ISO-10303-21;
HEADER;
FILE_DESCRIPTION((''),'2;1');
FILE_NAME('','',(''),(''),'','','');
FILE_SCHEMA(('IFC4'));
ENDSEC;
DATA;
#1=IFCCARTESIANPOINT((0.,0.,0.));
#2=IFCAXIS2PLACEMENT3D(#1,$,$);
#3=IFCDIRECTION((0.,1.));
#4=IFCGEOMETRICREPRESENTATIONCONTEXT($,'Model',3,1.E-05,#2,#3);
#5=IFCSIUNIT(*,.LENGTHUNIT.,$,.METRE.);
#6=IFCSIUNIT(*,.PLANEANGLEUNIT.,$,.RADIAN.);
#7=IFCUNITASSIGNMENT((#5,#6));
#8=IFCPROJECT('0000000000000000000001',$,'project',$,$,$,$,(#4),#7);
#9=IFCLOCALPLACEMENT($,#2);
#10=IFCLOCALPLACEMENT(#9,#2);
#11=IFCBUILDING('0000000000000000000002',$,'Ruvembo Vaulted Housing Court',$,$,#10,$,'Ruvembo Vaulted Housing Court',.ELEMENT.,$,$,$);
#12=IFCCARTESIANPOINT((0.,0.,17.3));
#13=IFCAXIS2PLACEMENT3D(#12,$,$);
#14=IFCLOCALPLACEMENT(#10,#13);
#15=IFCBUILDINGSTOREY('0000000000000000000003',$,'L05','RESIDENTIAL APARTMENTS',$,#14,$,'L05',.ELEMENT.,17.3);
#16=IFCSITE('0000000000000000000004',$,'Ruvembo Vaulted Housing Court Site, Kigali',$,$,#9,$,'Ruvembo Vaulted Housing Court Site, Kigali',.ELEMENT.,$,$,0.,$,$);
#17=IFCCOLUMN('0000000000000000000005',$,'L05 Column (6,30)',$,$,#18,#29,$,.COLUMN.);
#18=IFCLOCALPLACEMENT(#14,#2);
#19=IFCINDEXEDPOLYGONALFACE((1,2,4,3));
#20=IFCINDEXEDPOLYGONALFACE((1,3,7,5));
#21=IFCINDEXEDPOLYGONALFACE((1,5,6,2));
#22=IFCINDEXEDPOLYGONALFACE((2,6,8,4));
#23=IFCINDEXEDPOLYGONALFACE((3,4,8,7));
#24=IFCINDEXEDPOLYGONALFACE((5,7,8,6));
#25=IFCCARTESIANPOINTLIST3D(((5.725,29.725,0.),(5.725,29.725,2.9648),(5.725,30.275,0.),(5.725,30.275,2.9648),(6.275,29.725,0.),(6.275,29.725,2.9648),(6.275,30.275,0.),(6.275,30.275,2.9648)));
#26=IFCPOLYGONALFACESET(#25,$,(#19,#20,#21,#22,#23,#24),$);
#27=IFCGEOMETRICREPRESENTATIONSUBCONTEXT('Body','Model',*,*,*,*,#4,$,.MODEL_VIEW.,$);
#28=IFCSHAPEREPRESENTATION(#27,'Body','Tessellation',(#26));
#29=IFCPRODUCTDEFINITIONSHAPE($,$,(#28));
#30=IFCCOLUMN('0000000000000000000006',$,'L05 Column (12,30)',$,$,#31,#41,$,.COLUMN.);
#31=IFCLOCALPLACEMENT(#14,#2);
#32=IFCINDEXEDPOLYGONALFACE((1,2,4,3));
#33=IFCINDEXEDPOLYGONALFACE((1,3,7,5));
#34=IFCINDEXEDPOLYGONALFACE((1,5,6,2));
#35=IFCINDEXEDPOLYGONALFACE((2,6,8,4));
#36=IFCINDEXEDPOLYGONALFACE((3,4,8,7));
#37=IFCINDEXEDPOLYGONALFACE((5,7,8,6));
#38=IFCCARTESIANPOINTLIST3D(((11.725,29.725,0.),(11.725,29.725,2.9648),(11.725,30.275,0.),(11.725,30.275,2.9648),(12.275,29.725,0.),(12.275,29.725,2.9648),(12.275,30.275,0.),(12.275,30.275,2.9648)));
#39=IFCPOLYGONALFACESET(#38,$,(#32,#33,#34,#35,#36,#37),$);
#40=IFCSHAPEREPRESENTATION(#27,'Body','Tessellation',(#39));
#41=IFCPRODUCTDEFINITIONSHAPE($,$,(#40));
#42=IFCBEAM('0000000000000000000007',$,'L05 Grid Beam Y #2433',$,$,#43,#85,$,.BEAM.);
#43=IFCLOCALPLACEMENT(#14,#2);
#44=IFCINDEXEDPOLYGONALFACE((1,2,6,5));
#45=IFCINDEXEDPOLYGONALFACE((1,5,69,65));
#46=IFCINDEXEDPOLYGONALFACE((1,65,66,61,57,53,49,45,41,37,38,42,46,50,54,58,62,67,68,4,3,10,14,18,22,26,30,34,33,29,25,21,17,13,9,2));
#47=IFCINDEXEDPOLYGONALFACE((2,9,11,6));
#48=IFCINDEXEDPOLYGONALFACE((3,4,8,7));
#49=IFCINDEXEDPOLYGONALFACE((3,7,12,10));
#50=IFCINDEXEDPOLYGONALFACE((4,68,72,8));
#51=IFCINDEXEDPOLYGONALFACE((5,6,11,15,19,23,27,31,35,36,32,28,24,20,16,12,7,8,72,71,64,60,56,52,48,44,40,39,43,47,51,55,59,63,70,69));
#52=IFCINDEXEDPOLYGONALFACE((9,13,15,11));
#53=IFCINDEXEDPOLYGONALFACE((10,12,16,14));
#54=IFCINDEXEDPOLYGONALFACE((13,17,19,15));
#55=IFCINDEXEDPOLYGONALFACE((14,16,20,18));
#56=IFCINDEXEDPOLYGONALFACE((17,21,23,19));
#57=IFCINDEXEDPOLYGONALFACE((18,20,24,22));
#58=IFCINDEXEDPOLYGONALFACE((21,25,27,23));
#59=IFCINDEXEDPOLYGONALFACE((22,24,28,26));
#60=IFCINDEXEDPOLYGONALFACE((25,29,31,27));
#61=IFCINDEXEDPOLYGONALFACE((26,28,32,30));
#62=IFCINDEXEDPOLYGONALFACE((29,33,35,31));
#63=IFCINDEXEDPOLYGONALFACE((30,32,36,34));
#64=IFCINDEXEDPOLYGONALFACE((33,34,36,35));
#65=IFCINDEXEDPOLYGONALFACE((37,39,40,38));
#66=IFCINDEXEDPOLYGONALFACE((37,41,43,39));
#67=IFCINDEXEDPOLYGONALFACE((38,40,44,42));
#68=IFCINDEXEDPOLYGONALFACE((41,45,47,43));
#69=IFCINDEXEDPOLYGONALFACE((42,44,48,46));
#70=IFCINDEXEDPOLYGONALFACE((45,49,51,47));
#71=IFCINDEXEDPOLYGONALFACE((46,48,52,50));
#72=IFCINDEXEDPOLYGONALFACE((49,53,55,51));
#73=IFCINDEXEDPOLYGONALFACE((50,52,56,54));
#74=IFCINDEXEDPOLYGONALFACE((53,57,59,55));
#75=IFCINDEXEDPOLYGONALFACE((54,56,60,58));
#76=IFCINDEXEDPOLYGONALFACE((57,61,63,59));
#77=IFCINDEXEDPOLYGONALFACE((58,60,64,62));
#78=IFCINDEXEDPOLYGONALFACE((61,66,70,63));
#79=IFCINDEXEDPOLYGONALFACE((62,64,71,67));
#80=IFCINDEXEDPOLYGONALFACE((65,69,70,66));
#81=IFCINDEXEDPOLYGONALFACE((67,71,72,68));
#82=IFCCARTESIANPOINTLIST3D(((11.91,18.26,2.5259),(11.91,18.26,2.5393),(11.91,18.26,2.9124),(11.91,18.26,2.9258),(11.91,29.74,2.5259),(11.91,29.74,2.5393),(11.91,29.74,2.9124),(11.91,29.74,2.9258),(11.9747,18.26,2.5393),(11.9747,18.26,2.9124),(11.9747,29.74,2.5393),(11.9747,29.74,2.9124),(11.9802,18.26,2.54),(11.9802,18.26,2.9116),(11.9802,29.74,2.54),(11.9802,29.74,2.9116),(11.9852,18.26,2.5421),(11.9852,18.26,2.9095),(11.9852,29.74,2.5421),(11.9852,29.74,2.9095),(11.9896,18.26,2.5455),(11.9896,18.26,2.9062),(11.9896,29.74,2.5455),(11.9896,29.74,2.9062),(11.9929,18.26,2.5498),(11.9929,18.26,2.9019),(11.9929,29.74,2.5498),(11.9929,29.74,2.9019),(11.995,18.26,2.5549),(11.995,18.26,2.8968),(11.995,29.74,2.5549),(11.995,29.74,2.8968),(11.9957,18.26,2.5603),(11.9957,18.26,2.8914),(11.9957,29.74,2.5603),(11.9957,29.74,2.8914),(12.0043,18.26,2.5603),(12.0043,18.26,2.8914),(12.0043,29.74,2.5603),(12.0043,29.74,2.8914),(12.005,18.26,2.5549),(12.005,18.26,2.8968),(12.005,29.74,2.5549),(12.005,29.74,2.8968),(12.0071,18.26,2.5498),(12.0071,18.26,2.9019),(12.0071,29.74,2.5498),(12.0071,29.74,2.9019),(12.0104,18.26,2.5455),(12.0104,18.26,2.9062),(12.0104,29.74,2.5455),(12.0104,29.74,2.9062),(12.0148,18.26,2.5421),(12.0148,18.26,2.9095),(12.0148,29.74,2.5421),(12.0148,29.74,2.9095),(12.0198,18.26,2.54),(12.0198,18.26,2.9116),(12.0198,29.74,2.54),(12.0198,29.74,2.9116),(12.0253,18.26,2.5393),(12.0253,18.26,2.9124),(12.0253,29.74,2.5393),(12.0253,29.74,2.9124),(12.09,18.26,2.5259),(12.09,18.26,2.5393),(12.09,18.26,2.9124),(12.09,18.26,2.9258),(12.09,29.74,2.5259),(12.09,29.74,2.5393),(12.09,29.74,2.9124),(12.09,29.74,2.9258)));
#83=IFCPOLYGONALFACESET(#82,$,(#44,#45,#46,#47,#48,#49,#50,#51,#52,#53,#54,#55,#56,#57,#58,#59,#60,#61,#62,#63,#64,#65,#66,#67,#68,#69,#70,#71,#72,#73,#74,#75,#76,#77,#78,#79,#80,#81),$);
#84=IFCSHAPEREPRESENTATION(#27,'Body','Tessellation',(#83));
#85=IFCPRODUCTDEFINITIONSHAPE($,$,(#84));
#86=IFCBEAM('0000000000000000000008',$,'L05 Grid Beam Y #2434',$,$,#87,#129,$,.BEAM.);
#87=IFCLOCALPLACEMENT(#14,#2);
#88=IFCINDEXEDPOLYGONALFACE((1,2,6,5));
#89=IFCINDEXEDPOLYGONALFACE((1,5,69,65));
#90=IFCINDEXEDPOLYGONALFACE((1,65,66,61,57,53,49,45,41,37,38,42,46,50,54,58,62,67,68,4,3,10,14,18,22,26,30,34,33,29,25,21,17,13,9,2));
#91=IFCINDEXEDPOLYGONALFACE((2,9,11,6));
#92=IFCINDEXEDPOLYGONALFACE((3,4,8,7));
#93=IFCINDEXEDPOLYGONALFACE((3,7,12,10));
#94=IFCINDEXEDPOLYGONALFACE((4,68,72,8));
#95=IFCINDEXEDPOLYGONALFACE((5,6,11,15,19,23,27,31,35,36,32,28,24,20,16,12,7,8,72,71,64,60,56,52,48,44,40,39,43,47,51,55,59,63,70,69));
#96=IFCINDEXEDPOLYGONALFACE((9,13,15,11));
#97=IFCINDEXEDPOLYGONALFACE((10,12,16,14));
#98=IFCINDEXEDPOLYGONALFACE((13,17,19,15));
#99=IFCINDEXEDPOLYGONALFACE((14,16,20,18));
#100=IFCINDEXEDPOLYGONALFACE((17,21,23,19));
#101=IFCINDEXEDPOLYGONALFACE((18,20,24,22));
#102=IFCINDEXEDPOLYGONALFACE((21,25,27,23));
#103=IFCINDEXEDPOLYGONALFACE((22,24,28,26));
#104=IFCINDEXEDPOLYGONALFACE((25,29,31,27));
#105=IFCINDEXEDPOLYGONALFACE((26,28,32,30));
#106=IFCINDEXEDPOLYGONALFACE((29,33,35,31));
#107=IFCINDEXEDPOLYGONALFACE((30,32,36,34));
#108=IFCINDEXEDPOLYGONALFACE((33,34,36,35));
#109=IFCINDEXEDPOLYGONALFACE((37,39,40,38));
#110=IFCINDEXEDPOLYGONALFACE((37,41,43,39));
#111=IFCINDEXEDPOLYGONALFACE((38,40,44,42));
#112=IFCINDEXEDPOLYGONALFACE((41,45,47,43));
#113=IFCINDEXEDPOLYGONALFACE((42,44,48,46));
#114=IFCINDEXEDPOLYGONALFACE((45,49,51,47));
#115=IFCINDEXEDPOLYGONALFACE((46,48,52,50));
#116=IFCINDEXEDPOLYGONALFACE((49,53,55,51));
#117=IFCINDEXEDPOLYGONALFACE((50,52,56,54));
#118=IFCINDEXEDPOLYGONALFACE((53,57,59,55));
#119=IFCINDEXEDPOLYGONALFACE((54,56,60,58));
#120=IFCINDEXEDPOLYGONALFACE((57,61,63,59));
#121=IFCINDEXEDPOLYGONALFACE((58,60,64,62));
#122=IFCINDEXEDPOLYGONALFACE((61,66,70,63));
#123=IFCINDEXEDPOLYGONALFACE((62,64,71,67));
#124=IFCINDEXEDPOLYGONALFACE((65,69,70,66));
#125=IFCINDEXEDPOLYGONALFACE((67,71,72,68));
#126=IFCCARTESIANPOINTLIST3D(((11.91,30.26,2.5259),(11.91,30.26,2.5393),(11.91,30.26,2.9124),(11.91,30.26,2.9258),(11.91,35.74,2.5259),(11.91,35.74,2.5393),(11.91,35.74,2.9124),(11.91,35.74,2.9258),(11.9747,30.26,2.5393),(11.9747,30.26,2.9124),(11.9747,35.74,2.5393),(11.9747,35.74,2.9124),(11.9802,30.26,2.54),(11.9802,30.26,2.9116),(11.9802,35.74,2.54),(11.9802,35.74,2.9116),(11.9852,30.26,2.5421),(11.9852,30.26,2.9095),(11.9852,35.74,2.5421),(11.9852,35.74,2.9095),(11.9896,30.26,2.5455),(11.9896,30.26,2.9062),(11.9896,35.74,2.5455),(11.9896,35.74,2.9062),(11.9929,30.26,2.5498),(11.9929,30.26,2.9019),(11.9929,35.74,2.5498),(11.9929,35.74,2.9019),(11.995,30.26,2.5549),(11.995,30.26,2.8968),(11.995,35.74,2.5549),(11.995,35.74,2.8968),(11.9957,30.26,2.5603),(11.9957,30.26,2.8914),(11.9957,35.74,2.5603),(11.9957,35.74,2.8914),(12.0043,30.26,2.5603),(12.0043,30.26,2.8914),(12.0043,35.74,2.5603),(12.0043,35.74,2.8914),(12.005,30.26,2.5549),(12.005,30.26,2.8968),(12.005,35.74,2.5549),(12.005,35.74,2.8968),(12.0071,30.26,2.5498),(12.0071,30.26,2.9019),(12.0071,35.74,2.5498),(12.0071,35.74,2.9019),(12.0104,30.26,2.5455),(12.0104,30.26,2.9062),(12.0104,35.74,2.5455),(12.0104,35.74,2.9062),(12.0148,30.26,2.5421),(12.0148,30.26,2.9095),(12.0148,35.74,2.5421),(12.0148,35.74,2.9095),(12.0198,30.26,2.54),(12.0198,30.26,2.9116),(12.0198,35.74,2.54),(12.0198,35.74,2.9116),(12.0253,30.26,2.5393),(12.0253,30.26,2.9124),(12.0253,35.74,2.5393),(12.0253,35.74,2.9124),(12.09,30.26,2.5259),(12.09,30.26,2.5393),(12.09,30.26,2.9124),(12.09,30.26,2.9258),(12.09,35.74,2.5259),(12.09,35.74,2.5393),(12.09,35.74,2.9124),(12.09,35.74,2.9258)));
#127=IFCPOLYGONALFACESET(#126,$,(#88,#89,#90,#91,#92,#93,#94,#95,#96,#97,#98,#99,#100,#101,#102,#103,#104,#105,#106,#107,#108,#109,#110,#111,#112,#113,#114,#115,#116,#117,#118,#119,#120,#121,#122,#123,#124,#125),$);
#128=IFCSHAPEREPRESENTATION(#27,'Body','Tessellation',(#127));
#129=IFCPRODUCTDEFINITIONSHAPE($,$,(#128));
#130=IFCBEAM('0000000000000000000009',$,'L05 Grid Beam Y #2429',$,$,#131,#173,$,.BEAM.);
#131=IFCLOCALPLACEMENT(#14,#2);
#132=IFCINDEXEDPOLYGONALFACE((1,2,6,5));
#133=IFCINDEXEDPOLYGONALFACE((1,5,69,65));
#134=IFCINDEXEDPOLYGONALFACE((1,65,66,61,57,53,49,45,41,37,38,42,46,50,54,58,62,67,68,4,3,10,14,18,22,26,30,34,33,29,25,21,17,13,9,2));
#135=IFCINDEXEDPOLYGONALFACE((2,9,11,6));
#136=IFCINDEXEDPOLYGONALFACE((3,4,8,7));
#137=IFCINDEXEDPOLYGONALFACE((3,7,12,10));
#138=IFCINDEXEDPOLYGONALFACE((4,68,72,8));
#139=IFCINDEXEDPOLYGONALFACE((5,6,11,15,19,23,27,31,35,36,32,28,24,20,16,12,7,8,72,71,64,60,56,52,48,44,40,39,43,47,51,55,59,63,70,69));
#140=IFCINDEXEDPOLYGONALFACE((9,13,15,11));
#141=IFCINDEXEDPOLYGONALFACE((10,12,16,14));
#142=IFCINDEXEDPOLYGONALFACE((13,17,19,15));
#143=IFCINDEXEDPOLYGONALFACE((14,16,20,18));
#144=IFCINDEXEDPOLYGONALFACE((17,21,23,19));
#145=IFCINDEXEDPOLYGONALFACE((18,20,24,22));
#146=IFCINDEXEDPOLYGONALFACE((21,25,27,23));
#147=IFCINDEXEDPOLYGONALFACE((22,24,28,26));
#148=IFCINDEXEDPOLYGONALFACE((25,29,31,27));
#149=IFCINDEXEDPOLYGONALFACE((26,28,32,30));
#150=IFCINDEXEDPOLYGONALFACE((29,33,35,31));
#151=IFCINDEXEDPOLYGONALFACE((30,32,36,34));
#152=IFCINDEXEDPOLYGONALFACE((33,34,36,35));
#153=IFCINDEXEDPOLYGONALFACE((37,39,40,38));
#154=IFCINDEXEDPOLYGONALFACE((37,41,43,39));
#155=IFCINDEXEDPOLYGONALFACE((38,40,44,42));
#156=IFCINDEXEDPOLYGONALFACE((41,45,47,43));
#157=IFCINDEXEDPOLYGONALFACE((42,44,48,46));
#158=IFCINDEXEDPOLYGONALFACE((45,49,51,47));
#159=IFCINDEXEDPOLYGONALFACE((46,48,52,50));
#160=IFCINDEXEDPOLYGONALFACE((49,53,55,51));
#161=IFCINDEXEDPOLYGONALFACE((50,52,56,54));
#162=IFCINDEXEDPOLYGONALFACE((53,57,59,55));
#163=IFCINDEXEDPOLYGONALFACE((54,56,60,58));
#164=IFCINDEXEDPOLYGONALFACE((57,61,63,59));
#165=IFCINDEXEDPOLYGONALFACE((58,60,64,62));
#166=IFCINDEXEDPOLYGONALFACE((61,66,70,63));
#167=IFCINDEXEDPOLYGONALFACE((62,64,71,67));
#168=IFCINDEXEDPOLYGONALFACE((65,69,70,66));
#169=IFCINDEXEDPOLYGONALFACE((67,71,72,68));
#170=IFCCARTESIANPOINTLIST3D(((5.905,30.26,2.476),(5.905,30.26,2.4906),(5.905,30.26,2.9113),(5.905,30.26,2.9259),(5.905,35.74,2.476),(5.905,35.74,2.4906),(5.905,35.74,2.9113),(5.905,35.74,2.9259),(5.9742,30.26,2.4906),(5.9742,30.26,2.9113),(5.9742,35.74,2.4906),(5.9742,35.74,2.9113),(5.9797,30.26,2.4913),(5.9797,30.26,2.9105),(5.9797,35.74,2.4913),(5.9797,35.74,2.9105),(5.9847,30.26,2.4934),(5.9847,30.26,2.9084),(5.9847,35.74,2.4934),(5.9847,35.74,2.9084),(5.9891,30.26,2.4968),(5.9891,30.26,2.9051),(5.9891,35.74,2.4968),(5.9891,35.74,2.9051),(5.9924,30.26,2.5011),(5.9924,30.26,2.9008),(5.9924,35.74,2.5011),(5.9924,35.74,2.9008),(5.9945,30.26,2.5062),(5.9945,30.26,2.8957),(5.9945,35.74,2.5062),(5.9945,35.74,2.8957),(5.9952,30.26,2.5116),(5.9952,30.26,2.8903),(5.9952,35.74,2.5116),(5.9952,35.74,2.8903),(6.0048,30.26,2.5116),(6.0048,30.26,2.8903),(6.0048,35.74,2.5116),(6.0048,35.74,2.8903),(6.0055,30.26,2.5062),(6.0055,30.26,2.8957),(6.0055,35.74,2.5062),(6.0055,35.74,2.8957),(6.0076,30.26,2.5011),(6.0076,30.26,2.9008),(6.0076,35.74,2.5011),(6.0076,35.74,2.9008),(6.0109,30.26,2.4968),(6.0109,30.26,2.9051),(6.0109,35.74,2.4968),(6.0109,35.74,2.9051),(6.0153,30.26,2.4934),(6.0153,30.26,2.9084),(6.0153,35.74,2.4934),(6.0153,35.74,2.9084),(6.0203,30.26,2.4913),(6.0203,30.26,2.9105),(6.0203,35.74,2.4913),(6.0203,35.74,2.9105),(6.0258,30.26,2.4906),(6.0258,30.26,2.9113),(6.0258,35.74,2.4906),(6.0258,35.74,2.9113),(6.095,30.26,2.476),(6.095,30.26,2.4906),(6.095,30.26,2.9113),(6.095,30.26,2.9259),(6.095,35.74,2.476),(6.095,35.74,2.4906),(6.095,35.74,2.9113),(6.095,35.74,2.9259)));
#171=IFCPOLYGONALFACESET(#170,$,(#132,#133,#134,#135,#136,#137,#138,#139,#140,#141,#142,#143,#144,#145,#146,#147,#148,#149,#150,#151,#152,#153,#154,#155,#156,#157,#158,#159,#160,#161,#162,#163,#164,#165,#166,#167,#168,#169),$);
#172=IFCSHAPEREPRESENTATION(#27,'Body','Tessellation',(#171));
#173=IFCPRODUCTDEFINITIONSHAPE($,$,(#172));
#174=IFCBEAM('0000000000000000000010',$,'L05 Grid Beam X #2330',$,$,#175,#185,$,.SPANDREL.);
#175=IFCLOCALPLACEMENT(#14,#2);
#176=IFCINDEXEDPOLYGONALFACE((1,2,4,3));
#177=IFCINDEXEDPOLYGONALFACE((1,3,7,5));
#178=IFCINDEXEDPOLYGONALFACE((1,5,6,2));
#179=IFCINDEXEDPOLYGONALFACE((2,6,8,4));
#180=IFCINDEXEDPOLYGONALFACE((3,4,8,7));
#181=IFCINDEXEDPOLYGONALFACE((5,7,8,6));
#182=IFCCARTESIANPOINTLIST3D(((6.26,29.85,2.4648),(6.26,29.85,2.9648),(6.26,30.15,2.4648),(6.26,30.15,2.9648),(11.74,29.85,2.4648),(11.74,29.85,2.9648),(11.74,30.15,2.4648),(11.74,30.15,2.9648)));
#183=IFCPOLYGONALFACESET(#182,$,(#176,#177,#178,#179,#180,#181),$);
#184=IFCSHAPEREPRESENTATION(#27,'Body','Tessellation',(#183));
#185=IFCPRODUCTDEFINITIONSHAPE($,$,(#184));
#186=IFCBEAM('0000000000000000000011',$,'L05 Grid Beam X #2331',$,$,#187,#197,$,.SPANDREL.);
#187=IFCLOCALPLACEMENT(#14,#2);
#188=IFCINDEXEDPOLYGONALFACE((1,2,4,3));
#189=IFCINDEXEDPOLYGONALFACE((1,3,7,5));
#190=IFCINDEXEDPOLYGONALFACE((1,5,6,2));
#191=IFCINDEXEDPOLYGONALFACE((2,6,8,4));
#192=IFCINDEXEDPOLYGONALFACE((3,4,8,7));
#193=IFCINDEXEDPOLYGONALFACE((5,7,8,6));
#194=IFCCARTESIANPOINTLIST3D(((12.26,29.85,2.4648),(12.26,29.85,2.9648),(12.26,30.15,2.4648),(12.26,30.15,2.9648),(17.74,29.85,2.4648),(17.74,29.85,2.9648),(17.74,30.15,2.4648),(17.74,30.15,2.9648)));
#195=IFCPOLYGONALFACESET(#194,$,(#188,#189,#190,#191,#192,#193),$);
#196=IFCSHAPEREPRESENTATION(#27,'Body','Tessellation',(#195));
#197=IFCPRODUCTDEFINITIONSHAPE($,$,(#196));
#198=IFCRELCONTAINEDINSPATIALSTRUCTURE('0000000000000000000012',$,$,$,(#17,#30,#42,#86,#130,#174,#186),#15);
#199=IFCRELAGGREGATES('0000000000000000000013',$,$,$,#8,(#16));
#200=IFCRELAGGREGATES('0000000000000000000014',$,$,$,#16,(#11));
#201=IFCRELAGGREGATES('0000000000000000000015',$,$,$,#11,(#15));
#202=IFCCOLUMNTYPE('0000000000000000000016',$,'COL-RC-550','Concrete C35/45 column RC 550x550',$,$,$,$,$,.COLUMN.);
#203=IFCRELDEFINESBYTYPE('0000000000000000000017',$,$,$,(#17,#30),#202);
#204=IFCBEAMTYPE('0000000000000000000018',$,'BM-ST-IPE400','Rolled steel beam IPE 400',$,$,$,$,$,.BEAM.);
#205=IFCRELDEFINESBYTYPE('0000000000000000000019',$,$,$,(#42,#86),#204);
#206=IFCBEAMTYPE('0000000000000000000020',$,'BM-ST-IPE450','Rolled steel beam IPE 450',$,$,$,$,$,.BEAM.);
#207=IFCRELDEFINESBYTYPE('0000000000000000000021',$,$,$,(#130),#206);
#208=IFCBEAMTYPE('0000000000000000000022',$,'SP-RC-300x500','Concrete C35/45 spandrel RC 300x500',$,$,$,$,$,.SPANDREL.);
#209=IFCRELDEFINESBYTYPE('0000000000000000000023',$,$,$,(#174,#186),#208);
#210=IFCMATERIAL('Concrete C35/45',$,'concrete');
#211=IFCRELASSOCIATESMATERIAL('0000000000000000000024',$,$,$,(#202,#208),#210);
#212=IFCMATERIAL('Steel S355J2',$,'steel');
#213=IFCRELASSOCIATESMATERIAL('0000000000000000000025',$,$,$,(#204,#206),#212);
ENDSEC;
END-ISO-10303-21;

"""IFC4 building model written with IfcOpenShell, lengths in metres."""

from ifc_helpers import new_model, si_unit, direction, frame, origin, origin_2d, place, context, subcontext, project, spatial, rectangle, i_section, extrude, material, material_profile, profile_set, type_object, element, save


model = new_model("IFC4")

# Units and contexts
model_context = context("Model", 3, precision=1e-05, world=origin(), true_north=direction((0.0, 1.0)))
body_context = subcontext(model_context, "Body", "Model", "MODEL_VIEW")
ifc_project = project(units=[si_unit("LENGTHUNIT", "METRE"), si_unit("PLANEANGLEUNIT", "RADIAN")], contexts=[model_context])

# Site, building, storey
site_placement = place(None, origin())
site = spatial("IfcSite", under=ifc_project, at=site_placement, Name="Ruvembo Vaulted Housing Court Site, Kigali", LongName="Ruvembo Vaulted Housing Court Site, Kigali", CompositionType="ELEMENT", RefElevation=0.0)
building_placement = place(site_placement, origin())
building = spatial("IfcBuilding", under=site, at=building_placement, Name="Ruvembo Vaulted Housing Court", LongName="Ruvembo Vaulted Housing Court", CompositionType="ELEMENT")
storey_placement = place(building_placement, frame((0.0, 0.0, 17.3)))
storey = spatial("IfcBuildingStorey", under=building, at=storey_placement, Name="L05", Description="RESIDENTIAL APARTMENTS", LongName="L05", CompositionType="ELEMENT", Elevation=17.3)

# Columns
ifc_material_1 = material(Name="Concrete C35/45", Category="concrete")
ifc_material_profile_1 = material_profile(ifc_material_1, rectangle(XDim=0.55, YDim=0.55, at=origin_2d()), Name="RC 550x550")
ifc_profile_set_1 = profile_set([ifc_material_profile_1], Name="Concrete C35/45")
column_type = type_object("IfcColumnType", Name="COL-RC-550", Description="Concrete C35/45 column RC 550x550", PredefinedType="COLUMN", material=ifc_profile_set_1)
for number, where, z_axis, x_axis, name in (
    (1, (6.0, 30.0, 0.0), (0.0, 0.0, 1.0), (1.0, 0.0, 0.0), "L05 Column (6,30)"),
    (2, (12.0, 30.0, 0.0), (0.0, 0.0, 1.0), (1.0, 0.0, 0.0), "L05 Column (12,30)"),
):
    element("IfcColumn", number, at=place(storey_placement, frame(where, z_axis=z_axis, x_axis=x_axis)), inside=storey, type_object=column_type, Name=name, PredefinedType="COLUMN", context=body_context, shape_type="SweptSolid", body=[
        extrude(rectangle(XDim=0.55, YDim=0.55, at=origin_2d()), origin(), (0.0, 0.0, 1.0), 2.9648),
    ])

# Beams
ifc_material_2 = material(Name="Steel S355J2", Category="steel")
ifc_material_profile_2 = material_profile(ifc_material_2, i_section(OverallWidth=0.1799, OverallDepth=0.3999, WebThickness=0.0085, FlangeThickness=0.0134, FilletRadius=0.021, at=origin_2d()), Name="IPE 400")
ifc_profile_set_2 = profile_set([ifc_material_profile_2], Name="Steel S355J2")
beam_type_1 = type_object("IfcBeamType", Name="BM-ST-IPE400", Description="Rolled steel beam IPE 400", PredefinedType="BEAM", material=ifc_profile_set_2)
beam_1_placement = place(storey_placement, frame((12.0, 18.26, 2.7258), z_axis=(0.0, 1.0, 0.0), x_axis=(-1.0, 0.0, 0.0)))
element("IfcBeam", 3, at=beam_1_placement, inside=storey, type_object=beam_type_1, Name="L05 Grid Beam Y #2433", PredefinedType="BEAM", context=body_context, shape_type="SweptSolid", body=[
    extrude(i_section(OverallWidth=0.1799, OverallDepth=0.3999, WebThickness=0.0085, FlangeThickness=0.0134, FilletRadius=0.021, at=origin_2d()), origin(), (0.0, 0.0, 1.0), 11.48),
])
beam_2_placement = place(storey_placement, frame((12.0, 30.26, 2.7258), z_axis=(0.0, 1.0, 0.0), x_axis=(-1.0, 0.0, 0.0)))
element("IfcBeam", 4, at=beam_2_placement, inside=storey, type_object=beam_type_1, Name="L05 Grid Beam Y #2434", PredefinedType="BEAM", context=body_context, shape_type="SweptSolid", body=[
    extrude(i_section(OverallWidth=0.1799, OverallDepth=0.3999, WebThickness=0.0085, FlangeThickness=0.0134, FilletRadius=0.021, at=origin_2d()), origin(), (0.0, 0.0, 1.0), 5.48),
])
ifc_material_profile_3 = material_profile(ifc_material_2, i_section(OverallWidth=0.1899, OverallDepth=0.45, WebThickness=0.0095, FlangeThickness=0.0146, FilletRadius=0.021, at=origin_2d()), Name="IPE 450")
ifc_profile_set_3 = profile_set([ifc_material_profile_3], Name="Steel S355J2")
beam_type_2 = type_object("IfcBeamType", Name="BM-ST-IPE450", Description="Rolled steel beam IPE 450", PredefinedType="BEAM", material=ifc_profile_set_3)
beam_3_placement = place(storey_placement, frame((6.0, 30.26, 2.7009), z_axis=(0.0, 1.0, 0.0), x_axis=(-1.0, 0.0, 0.0)))
element("IfcBeam", 5, at=beam_3_placement, inside=storey, type_object=beam_type_2, Name="L05 Grid Beam Y #2429", PredefinedType="BEAM", context=body_context, shape_type="SweptSolid", body=[
    extrude(i_section(OverallWidth=0.1899, OverallDepth=0.45, WebThickness=0.0095, FlangeThickness=0.0146, FilletRadius=0.021, at=origin_2d()), origin(), (0.0, 0.0, 1.0), 5.48),
])
ifc_material_profile_4 = material_profile(ifc_material_1, rectangle(XDim=0.3, YDim=0.5, at=origin_2d()), Name="RC 300x500")
ifc_profile_set_4 = profile_set([ifc_material_profile_4], Name="Concrete C35/45")
beam_type_3 = type_object("IfcBeamType", Name="SP-RC-300x500", Description="Concrete C35/45 spandrel RC 300x500", PredefinedType="SPANDREL", material=ifc_profile_set_4)
for number, where, z_axis, x_axis, name in (
    (6, (6.26, 30.0, 2.7148), (1.0, 0.0, 0.0), (0.0, 1.0, 0.0), "L05 Grid Beam X #2330"),
    (7, (12.26, 30.0, 2.7148), (1.0, 0.0, 0.0), (0.0, 1.0, 0.0), "L05 Grid Beam X #2331"),
):
    element("IfcBeam", number, at=place(storey_placement, frame(where, z_axis=z_axis, x_axis=x_axis)), inside=storey, type_object=beam_type_3, Name=name, PredefinedType="SPANDREL", context=body_context, shape_type="SweptSolid", body=[
        extrude(rectangle(XDim=0.3, YDim=0.5, at=origin_2d()), origin(), (0.0, 0.0, 1.0), 5.48),
    ])

save(model, "model.ifc")
